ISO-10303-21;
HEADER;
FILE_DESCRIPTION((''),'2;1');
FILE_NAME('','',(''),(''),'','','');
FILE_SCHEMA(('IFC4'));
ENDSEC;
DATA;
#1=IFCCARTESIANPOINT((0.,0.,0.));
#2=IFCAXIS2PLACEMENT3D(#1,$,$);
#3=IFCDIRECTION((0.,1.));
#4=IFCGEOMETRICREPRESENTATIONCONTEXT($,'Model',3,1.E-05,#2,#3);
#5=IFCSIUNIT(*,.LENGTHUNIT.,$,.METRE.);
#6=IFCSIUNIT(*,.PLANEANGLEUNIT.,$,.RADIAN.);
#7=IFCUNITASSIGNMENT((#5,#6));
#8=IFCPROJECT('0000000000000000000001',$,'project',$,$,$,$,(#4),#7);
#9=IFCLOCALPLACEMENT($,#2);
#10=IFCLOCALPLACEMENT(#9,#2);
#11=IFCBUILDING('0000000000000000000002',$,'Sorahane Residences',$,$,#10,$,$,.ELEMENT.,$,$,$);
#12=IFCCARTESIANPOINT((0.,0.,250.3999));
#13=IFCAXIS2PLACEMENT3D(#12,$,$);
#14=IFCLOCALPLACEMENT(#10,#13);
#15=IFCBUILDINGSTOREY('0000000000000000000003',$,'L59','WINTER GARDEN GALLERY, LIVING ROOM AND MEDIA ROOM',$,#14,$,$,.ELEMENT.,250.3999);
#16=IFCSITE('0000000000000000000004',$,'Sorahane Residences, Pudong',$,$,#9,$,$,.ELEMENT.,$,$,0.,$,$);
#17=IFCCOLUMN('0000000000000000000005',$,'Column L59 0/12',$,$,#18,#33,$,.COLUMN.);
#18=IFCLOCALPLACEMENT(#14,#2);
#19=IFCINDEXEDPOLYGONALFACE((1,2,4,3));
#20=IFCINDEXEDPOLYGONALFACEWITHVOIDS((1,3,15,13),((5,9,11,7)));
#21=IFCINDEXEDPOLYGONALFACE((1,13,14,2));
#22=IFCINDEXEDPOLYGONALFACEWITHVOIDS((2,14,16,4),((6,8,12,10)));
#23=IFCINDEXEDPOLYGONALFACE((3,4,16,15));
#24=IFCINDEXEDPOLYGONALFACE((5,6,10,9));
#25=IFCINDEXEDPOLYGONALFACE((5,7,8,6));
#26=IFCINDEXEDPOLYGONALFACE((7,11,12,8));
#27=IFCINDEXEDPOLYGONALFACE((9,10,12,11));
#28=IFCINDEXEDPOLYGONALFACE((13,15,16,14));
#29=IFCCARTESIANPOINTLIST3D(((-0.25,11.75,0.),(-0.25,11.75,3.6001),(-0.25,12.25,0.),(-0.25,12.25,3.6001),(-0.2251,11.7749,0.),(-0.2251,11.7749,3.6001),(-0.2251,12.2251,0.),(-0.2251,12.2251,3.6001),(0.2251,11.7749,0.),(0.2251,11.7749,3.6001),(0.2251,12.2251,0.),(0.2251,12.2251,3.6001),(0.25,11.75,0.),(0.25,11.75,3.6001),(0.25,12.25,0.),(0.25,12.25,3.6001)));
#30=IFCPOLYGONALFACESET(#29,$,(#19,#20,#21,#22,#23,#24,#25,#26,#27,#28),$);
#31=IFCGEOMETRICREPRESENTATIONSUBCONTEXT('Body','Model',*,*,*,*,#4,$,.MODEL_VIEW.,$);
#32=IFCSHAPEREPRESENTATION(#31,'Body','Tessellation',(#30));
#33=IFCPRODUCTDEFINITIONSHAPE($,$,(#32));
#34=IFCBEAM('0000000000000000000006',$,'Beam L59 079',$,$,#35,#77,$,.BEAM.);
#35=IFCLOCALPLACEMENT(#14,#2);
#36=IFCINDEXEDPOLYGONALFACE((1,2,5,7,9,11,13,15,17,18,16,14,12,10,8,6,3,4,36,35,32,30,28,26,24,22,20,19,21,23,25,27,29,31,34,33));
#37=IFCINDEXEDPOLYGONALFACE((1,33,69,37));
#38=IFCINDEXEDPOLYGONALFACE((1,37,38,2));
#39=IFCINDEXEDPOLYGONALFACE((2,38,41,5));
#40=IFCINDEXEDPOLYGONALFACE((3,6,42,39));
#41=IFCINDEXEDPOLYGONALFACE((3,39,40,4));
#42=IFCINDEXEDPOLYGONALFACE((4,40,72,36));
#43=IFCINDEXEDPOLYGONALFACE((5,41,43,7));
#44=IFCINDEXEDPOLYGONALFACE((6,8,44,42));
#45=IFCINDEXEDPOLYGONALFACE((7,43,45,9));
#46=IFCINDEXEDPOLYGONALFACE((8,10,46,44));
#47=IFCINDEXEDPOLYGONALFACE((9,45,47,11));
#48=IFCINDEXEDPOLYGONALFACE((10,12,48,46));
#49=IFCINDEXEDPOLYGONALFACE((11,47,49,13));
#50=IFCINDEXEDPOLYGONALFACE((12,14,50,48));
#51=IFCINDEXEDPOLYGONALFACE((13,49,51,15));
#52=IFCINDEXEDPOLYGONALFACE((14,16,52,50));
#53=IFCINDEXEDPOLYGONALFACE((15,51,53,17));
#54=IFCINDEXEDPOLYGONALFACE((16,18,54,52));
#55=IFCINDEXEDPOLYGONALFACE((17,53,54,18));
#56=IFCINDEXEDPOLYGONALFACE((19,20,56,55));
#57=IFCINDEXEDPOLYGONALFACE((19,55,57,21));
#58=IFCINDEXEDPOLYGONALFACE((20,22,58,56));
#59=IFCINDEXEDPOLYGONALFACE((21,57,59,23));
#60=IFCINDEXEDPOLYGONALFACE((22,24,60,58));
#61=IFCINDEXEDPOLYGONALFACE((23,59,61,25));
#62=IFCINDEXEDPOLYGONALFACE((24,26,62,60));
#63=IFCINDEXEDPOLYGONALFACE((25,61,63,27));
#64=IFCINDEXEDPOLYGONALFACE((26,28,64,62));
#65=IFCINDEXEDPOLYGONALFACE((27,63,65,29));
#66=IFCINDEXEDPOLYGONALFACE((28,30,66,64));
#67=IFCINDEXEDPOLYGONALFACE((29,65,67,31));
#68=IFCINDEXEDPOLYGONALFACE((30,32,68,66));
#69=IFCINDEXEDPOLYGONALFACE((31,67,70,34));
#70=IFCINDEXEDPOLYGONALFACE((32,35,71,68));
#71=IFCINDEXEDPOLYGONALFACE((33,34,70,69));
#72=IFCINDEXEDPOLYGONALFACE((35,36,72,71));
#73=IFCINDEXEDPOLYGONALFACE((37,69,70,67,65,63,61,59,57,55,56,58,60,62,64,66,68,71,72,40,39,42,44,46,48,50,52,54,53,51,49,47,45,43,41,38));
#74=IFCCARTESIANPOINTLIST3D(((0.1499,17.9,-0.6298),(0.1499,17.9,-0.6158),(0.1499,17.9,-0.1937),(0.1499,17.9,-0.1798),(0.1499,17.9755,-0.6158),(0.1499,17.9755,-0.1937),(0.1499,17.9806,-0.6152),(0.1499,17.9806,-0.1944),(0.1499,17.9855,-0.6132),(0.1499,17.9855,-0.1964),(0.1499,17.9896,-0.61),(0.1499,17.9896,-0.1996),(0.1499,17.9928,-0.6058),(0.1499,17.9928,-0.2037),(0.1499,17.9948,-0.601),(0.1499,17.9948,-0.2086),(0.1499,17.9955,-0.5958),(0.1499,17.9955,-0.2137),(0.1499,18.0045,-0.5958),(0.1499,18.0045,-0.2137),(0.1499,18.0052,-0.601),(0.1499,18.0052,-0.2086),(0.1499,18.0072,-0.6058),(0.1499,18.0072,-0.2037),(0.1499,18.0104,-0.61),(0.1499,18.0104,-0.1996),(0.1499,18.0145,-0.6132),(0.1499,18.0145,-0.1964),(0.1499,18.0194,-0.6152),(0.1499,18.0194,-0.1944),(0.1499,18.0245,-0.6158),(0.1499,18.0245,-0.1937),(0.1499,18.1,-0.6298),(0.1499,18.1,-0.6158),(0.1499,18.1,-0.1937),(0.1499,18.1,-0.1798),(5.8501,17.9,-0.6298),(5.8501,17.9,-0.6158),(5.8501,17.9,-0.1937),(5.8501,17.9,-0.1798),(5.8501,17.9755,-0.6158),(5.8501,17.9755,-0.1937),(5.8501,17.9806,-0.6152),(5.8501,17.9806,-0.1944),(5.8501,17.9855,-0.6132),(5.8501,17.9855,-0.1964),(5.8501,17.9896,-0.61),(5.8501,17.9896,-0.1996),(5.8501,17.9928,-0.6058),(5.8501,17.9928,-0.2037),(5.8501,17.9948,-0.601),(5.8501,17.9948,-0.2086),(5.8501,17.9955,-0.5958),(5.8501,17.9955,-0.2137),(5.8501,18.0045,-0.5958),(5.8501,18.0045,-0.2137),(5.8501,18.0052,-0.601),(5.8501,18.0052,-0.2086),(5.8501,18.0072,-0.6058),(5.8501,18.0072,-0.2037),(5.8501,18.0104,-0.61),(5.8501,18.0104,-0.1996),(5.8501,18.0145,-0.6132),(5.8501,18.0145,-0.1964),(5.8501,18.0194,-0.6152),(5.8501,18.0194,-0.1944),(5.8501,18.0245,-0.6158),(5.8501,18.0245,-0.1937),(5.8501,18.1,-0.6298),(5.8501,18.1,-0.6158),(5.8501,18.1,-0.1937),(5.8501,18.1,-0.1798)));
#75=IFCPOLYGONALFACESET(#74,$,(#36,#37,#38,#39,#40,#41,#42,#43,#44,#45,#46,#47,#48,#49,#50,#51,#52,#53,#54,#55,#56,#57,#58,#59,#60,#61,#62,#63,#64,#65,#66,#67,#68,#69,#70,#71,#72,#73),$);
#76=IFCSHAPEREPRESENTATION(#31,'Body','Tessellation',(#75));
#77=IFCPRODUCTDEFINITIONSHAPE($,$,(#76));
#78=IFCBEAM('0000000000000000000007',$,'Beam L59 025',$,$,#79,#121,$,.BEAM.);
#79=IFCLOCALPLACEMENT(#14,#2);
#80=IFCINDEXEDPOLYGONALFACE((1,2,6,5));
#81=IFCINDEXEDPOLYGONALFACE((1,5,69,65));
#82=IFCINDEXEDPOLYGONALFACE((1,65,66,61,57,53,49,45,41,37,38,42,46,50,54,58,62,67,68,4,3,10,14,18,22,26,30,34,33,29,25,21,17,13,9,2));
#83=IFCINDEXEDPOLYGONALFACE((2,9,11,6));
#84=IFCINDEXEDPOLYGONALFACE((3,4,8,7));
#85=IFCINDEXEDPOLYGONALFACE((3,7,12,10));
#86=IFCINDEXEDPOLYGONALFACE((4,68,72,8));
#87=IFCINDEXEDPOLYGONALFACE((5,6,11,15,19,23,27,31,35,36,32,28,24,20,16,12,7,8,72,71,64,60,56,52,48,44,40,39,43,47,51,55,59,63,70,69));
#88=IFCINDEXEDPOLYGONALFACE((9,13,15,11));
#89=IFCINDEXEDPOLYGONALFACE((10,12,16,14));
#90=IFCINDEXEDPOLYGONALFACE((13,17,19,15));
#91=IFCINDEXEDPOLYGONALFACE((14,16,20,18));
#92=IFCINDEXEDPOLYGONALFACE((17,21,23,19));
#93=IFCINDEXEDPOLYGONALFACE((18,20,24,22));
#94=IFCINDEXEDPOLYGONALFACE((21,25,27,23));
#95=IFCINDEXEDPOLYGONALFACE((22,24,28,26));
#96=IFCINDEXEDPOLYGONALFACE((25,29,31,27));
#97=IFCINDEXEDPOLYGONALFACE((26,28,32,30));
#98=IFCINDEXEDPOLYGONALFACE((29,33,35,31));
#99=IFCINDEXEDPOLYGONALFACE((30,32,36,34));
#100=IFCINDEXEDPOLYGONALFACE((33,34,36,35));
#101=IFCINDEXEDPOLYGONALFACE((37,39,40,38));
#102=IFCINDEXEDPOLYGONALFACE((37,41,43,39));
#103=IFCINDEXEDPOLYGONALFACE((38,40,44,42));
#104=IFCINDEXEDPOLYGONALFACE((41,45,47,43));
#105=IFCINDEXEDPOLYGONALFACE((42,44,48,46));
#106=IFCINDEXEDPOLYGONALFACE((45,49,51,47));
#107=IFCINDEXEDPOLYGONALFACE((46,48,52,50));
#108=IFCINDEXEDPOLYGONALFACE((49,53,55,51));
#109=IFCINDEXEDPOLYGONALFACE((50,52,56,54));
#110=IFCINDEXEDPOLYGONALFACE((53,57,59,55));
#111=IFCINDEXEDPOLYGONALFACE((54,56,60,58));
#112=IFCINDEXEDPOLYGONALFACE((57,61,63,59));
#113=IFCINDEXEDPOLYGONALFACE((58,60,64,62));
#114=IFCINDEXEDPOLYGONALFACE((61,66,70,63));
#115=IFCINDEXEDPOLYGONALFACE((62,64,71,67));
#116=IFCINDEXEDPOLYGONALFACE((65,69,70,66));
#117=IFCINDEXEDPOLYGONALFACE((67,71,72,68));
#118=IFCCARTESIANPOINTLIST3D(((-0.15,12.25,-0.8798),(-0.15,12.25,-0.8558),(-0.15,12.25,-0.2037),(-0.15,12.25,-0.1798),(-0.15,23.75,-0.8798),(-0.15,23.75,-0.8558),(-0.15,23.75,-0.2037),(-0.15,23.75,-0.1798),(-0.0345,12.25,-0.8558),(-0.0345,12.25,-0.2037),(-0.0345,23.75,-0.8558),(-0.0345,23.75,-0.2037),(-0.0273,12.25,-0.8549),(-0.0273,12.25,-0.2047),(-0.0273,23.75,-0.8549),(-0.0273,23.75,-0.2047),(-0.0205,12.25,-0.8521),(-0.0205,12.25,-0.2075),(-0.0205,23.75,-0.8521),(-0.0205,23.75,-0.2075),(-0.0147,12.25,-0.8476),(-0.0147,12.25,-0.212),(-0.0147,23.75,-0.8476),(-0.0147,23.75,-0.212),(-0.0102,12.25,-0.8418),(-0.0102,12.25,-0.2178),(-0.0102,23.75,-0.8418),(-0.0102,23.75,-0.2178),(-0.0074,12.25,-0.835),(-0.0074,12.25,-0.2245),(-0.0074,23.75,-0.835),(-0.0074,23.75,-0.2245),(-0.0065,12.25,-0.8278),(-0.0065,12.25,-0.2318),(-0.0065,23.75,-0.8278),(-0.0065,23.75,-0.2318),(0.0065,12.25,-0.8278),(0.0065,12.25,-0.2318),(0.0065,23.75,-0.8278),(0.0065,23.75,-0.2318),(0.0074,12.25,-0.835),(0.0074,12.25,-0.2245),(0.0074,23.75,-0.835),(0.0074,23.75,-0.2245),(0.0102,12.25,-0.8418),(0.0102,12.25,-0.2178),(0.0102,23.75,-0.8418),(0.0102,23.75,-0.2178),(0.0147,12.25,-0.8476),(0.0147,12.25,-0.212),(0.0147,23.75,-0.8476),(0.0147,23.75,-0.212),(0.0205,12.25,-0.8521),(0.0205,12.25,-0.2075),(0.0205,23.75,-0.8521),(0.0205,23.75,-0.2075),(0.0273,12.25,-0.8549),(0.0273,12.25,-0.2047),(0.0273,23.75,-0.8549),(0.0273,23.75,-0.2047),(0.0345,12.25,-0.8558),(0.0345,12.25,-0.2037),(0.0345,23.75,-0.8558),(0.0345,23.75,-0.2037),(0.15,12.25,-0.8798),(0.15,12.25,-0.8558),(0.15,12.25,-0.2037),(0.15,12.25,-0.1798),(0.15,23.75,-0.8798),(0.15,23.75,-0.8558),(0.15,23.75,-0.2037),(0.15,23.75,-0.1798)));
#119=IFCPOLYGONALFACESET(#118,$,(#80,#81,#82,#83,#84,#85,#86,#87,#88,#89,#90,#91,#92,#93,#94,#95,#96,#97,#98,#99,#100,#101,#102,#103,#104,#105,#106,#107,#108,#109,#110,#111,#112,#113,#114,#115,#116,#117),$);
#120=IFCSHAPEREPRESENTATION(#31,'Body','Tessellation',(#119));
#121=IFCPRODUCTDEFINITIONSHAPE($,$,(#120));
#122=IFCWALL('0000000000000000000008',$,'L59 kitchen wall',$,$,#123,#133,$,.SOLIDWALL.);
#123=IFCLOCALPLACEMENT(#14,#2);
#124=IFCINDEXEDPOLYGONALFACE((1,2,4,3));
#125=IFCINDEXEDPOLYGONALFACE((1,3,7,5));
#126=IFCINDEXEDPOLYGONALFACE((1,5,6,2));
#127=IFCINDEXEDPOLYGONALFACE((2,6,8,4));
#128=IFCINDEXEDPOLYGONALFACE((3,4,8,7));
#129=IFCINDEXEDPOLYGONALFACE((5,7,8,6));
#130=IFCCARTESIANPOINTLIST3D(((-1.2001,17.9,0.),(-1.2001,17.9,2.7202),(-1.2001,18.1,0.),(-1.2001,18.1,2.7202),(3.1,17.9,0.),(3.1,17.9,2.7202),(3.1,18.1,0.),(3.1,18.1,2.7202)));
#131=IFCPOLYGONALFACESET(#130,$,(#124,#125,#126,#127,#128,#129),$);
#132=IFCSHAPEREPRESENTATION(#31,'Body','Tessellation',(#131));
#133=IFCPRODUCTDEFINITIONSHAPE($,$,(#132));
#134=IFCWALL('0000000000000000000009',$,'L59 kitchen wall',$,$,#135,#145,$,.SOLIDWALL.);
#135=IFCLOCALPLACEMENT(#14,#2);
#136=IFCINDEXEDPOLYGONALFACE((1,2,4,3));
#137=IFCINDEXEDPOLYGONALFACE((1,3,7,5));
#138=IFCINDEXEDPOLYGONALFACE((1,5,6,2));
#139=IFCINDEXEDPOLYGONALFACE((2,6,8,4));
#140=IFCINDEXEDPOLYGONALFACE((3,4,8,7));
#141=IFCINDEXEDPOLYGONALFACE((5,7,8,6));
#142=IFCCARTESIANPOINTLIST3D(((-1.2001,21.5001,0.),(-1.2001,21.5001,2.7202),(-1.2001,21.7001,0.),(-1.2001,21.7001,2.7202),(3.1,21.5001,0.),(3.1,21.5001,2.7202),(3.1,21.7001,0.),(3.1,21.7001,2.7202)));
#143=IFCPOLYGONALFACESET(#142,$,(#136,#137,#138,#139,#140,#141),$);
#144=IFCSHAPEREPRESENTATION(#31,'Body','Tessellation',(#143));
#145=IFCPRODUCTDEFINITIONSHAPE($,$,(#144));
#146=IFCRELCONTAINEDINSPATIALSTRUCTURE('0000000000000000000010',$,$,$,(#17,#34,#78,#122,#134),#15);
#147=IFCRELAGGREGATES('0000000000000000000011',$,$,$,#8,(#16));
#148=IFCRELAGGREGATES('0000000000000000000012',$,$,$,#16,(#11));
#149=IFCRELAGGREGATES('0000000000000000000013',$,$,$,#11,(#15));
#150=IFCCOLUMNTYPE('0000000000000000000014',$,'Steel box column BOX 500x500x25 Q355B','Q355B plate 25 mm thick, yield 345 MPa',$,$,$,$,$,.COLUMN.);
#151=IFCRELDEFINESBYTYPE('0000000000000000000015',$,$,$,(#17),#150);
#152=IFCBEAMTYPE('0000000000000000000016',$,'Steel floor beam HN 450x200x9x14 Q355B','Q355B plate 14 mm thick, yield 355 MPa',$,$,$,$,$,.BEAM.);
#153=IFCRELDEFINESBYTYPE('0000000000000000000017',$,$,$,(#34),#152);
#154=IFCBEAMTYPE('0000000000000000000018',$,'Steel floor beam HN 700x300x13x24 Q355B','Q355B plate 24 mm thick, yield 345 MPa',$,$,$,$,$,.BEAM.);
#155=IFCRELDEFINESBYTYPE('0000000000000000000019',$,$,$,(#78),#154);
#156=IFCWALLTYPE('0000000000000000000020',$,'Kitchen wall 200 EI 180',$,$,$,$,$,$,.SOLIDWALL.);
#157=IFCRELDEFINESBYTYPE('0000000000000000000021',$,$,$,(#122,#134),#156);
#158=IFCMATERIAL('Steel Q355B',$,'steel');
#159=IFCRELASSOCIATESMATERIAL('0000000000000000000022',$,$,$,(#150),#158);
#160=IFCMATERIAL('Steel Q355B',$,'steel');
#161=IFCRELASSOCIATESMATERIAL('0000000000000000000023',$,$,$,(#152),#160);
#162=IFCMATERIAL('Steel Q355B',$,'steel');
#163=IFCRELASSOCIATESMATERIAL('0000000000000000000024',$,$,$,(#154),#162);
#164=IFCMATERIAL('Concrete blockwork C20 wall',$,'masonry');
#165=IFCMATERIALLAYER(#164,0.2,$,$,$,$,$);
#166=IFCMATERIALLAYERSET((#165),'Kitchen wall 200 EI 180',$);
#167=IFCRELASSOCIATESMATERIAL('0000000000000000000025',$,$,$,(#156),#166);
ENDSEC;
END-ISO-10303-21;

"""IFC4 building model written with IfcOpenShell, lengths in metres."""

from ifc_helpers import new_model, si_unit, direction, frame, frame_2d, origin, origin_2d, place, context, subcontext, project, spatial, rectangle, hollow_rectangle, i_section, extrude, material, layer, layer_set, material_profile, profile_set, type_object, element, save


model = new_model("IFC4")

# Units and contexts
model_context = context("Model", 3, precision=1e-05, world=origin(), true_north=direction((0.0, 1.0)))
body_context = subcontext(model_context, "Body", "Model", "MODEL_VIEW")
ifc_project = project(units=[si_unit("LENGTHUNIT", "METRE"), si_unit("PLANEANGLEUNIT", "RADIAN")], contexts=[model_context])

# Site, building, storey
site_placement = place(None, origin())
site = spatial("IfcSite", under=ifc_project, at=site_placement, Name="Sorahane Residences, Pudong", CompositionType="ELEMENT", RefElevation=0.0)
building_placement = place(site_placement, origin())
building = spatial("IfcBuilding", under=site, at=building_placement, Name="Sorahane Residences", CompositionType="ELEMENT")
storey_placement = place(building_placement, frame((0.0, 0.0, 250.3999)))
storey = spatial("IfcBuildingStorey", under=building, at=storey_placement, Name="L59", Description="WINTER GARDEN GALLERY, LIVING ROOM AND MEDIA ROOM", CompositionType="ELEMENT", Elevation=250.3999)

# Column
ifc_material_1 = material(Name="Steel Q355B", Category="steel")
ifc_material_profile_1 = material_profile(ifc_material_1, hollow_rectangle(XDim=0.5, YDim=0.5, WallThickness=0.0249, at=origin_2d()), Name="BOX 500x500x25")
ifc_profile_set_1 = profile_set([ifc_material_profile_1], Name="Steel Q355B")
column_type = type_object("IfcColumnType", Name="Steel box column BOX 500x500x25 Q355B", Description="Q355B plate 25 mm thick, yield 345 MPa", PredefinedType="COLUMN", material=ifc_profile_set_1)
column_placement = place(storey_placement, frame((0.0, 12.0, 0.0), z_axis=(0.0, 0.0, 1.0), x_axis=(1.0, 0.0, 0.0)))
element("IfcColumn", 1, at=column_placement, inside=storey, type_object=column_type, Name="Column L59 0/12", PredefinedType="COLUMN", context=body_context, shape_type="SweptSolid", body=[
    extrude(hollow_rectangle(XDim=0.5, YDim=0.5, WallThickness=0.0249, at=origin_2d()), origin(), (0.0, 0.0, 1.0), 3.6001),
])

# Beams
ifc_material_2 = material(Name="Steel Q355B", Category="steel")
ifc_material_profile_2 = material_profile(ifc_material_2, i_section(OverallWidth=0.2, OverallDepth=0.45, WebThickness=0.009, FlangeThickness=0.0139, FilletRadius=0.02, at=origin_2d()), Name="HN 450x200x9x14")
ifc_profile_set_2 = profile_set([ifc_material_profile_2], Name="Steel Q355B")
beam_type_1 = type_object("IfcBeamType", Name="Steel floor beam HN 450x200x9x14 Q355B", Description="Q355B plate 14 mm thick, yield 355 MPa", PredefinedType="BEAM", material=ifc_profile_set_2)
beam_1_placement = place(storey_placement, frame((0.1499, 18.0, -0.4048), z_axis=(1.0, 0.0, 0.0), x_axis=(0.0, 1.0, 0.0)))
element("IfcBeam", 2, at=beam_1_placement, inside=storey, type_object=beam_type_1, Name="Beam L59 079", PredefinedType="BEAM", context=body_context, shape_type="SweptSolid", body=[
    extrude(i_section(OverallWidth=0.2, OverallDepth=0.45, WebThickness=0.009, FlangeThickness=0.0139, FilletRadius=0.02, at=origin_2d()), origin(), (0.0, 0.0, 1.0), 5.7002),
])
ifc_material_3 = material(Name="Steel Q355B", Category="steel")
ifc_material_profile_3 = material_profile(ifc_material_3, i_section(OverallWidth=0.3, OverallDepth=0.7, WebThickness=0.0129, FlangeThickness=0.0239, FilletRadius=0.0281, at=origin_2d()), Name="HN 700x300x13x24")
ifc_profile_set_3 = profile_set([ifc_material_profile_3], Name="Steel Q355B")
beam_type_2 = type_object("IfcBeamType", Name="Steel floor beam HN 700x300x13x24 Q355B", Description="Q355B plate 24 mm thick, yield 345 MPa", PredefinedType="BEAM", material=ifc_profile_set_3)
beam_2_placement = place(storey_placement, frame((0.0, 12.25, -0.5298), z_axis=(0.0, 1.0, 0.0), x_axis=(-1.0, 0.0, 0.0)))
element("IfcBeam", 3, at=beam_2_placement, inside=storey, type_object=beam_type_2, Name="Beam L59 025", PredefinedType="BEAM", context=body_context, shape_type="SweptSolid", body=[
    extrude(i_section(OverallWidth=0.3, OverallDepth=0.7, WebThickness=0.0129, FlangeThickness=0.0239, FilletRadius=0.0281, at=origin_2d()), origin(), (0.0, 0.0, 1.0), 11.5),
])

# Shared definitions
ifc_material_4 = material(Name="Concrete blockwork C20 wall", Category="masonry")
ifc_layer_1 = layer(ifc_material_4, 0.2)
ifc_layer_set_1 = layer_set([ifc_layer_1], Name="Kitchen wall 200 EI 180")
wall_type_1 = type_object("IfcWallType", Name="Kitchen wall 200 EI 180", PredefinedType="SOLIDWALL", material=ifc_layer_set_1)

# Walls
for number, where, z_axis, x_axis, name in (
    (4, (-1.2, 18.0, 0.0), (0.0, 0.0, 1.0), (1.0, 0.0, 0.0), "L59 kitchen wall"),
    (5, (-1.2, 21.6001, 0.0), (0.0, 0.0, 1.0), (1.0, 0.0, 0.0), "L59 kitchen wall"),
):
    element("IfcWall", number, at=place(storey_placement, frame(where, z_axis=z_axis, x_axis=x_axis)), inside=storey, type_object=wall_type_1, Name=name, PredefinedType="SOLIDWALL", context=body_context, shape_type="SweptSolid", body=[
        extrude(rectangle(XDim=4.3, YDim=0.2, at=frame_2d((2.1499, 0.0))), origin(), (0.0, 0.0, 1.0), 2.7202),
    ])

save(model, "model.ifc")
